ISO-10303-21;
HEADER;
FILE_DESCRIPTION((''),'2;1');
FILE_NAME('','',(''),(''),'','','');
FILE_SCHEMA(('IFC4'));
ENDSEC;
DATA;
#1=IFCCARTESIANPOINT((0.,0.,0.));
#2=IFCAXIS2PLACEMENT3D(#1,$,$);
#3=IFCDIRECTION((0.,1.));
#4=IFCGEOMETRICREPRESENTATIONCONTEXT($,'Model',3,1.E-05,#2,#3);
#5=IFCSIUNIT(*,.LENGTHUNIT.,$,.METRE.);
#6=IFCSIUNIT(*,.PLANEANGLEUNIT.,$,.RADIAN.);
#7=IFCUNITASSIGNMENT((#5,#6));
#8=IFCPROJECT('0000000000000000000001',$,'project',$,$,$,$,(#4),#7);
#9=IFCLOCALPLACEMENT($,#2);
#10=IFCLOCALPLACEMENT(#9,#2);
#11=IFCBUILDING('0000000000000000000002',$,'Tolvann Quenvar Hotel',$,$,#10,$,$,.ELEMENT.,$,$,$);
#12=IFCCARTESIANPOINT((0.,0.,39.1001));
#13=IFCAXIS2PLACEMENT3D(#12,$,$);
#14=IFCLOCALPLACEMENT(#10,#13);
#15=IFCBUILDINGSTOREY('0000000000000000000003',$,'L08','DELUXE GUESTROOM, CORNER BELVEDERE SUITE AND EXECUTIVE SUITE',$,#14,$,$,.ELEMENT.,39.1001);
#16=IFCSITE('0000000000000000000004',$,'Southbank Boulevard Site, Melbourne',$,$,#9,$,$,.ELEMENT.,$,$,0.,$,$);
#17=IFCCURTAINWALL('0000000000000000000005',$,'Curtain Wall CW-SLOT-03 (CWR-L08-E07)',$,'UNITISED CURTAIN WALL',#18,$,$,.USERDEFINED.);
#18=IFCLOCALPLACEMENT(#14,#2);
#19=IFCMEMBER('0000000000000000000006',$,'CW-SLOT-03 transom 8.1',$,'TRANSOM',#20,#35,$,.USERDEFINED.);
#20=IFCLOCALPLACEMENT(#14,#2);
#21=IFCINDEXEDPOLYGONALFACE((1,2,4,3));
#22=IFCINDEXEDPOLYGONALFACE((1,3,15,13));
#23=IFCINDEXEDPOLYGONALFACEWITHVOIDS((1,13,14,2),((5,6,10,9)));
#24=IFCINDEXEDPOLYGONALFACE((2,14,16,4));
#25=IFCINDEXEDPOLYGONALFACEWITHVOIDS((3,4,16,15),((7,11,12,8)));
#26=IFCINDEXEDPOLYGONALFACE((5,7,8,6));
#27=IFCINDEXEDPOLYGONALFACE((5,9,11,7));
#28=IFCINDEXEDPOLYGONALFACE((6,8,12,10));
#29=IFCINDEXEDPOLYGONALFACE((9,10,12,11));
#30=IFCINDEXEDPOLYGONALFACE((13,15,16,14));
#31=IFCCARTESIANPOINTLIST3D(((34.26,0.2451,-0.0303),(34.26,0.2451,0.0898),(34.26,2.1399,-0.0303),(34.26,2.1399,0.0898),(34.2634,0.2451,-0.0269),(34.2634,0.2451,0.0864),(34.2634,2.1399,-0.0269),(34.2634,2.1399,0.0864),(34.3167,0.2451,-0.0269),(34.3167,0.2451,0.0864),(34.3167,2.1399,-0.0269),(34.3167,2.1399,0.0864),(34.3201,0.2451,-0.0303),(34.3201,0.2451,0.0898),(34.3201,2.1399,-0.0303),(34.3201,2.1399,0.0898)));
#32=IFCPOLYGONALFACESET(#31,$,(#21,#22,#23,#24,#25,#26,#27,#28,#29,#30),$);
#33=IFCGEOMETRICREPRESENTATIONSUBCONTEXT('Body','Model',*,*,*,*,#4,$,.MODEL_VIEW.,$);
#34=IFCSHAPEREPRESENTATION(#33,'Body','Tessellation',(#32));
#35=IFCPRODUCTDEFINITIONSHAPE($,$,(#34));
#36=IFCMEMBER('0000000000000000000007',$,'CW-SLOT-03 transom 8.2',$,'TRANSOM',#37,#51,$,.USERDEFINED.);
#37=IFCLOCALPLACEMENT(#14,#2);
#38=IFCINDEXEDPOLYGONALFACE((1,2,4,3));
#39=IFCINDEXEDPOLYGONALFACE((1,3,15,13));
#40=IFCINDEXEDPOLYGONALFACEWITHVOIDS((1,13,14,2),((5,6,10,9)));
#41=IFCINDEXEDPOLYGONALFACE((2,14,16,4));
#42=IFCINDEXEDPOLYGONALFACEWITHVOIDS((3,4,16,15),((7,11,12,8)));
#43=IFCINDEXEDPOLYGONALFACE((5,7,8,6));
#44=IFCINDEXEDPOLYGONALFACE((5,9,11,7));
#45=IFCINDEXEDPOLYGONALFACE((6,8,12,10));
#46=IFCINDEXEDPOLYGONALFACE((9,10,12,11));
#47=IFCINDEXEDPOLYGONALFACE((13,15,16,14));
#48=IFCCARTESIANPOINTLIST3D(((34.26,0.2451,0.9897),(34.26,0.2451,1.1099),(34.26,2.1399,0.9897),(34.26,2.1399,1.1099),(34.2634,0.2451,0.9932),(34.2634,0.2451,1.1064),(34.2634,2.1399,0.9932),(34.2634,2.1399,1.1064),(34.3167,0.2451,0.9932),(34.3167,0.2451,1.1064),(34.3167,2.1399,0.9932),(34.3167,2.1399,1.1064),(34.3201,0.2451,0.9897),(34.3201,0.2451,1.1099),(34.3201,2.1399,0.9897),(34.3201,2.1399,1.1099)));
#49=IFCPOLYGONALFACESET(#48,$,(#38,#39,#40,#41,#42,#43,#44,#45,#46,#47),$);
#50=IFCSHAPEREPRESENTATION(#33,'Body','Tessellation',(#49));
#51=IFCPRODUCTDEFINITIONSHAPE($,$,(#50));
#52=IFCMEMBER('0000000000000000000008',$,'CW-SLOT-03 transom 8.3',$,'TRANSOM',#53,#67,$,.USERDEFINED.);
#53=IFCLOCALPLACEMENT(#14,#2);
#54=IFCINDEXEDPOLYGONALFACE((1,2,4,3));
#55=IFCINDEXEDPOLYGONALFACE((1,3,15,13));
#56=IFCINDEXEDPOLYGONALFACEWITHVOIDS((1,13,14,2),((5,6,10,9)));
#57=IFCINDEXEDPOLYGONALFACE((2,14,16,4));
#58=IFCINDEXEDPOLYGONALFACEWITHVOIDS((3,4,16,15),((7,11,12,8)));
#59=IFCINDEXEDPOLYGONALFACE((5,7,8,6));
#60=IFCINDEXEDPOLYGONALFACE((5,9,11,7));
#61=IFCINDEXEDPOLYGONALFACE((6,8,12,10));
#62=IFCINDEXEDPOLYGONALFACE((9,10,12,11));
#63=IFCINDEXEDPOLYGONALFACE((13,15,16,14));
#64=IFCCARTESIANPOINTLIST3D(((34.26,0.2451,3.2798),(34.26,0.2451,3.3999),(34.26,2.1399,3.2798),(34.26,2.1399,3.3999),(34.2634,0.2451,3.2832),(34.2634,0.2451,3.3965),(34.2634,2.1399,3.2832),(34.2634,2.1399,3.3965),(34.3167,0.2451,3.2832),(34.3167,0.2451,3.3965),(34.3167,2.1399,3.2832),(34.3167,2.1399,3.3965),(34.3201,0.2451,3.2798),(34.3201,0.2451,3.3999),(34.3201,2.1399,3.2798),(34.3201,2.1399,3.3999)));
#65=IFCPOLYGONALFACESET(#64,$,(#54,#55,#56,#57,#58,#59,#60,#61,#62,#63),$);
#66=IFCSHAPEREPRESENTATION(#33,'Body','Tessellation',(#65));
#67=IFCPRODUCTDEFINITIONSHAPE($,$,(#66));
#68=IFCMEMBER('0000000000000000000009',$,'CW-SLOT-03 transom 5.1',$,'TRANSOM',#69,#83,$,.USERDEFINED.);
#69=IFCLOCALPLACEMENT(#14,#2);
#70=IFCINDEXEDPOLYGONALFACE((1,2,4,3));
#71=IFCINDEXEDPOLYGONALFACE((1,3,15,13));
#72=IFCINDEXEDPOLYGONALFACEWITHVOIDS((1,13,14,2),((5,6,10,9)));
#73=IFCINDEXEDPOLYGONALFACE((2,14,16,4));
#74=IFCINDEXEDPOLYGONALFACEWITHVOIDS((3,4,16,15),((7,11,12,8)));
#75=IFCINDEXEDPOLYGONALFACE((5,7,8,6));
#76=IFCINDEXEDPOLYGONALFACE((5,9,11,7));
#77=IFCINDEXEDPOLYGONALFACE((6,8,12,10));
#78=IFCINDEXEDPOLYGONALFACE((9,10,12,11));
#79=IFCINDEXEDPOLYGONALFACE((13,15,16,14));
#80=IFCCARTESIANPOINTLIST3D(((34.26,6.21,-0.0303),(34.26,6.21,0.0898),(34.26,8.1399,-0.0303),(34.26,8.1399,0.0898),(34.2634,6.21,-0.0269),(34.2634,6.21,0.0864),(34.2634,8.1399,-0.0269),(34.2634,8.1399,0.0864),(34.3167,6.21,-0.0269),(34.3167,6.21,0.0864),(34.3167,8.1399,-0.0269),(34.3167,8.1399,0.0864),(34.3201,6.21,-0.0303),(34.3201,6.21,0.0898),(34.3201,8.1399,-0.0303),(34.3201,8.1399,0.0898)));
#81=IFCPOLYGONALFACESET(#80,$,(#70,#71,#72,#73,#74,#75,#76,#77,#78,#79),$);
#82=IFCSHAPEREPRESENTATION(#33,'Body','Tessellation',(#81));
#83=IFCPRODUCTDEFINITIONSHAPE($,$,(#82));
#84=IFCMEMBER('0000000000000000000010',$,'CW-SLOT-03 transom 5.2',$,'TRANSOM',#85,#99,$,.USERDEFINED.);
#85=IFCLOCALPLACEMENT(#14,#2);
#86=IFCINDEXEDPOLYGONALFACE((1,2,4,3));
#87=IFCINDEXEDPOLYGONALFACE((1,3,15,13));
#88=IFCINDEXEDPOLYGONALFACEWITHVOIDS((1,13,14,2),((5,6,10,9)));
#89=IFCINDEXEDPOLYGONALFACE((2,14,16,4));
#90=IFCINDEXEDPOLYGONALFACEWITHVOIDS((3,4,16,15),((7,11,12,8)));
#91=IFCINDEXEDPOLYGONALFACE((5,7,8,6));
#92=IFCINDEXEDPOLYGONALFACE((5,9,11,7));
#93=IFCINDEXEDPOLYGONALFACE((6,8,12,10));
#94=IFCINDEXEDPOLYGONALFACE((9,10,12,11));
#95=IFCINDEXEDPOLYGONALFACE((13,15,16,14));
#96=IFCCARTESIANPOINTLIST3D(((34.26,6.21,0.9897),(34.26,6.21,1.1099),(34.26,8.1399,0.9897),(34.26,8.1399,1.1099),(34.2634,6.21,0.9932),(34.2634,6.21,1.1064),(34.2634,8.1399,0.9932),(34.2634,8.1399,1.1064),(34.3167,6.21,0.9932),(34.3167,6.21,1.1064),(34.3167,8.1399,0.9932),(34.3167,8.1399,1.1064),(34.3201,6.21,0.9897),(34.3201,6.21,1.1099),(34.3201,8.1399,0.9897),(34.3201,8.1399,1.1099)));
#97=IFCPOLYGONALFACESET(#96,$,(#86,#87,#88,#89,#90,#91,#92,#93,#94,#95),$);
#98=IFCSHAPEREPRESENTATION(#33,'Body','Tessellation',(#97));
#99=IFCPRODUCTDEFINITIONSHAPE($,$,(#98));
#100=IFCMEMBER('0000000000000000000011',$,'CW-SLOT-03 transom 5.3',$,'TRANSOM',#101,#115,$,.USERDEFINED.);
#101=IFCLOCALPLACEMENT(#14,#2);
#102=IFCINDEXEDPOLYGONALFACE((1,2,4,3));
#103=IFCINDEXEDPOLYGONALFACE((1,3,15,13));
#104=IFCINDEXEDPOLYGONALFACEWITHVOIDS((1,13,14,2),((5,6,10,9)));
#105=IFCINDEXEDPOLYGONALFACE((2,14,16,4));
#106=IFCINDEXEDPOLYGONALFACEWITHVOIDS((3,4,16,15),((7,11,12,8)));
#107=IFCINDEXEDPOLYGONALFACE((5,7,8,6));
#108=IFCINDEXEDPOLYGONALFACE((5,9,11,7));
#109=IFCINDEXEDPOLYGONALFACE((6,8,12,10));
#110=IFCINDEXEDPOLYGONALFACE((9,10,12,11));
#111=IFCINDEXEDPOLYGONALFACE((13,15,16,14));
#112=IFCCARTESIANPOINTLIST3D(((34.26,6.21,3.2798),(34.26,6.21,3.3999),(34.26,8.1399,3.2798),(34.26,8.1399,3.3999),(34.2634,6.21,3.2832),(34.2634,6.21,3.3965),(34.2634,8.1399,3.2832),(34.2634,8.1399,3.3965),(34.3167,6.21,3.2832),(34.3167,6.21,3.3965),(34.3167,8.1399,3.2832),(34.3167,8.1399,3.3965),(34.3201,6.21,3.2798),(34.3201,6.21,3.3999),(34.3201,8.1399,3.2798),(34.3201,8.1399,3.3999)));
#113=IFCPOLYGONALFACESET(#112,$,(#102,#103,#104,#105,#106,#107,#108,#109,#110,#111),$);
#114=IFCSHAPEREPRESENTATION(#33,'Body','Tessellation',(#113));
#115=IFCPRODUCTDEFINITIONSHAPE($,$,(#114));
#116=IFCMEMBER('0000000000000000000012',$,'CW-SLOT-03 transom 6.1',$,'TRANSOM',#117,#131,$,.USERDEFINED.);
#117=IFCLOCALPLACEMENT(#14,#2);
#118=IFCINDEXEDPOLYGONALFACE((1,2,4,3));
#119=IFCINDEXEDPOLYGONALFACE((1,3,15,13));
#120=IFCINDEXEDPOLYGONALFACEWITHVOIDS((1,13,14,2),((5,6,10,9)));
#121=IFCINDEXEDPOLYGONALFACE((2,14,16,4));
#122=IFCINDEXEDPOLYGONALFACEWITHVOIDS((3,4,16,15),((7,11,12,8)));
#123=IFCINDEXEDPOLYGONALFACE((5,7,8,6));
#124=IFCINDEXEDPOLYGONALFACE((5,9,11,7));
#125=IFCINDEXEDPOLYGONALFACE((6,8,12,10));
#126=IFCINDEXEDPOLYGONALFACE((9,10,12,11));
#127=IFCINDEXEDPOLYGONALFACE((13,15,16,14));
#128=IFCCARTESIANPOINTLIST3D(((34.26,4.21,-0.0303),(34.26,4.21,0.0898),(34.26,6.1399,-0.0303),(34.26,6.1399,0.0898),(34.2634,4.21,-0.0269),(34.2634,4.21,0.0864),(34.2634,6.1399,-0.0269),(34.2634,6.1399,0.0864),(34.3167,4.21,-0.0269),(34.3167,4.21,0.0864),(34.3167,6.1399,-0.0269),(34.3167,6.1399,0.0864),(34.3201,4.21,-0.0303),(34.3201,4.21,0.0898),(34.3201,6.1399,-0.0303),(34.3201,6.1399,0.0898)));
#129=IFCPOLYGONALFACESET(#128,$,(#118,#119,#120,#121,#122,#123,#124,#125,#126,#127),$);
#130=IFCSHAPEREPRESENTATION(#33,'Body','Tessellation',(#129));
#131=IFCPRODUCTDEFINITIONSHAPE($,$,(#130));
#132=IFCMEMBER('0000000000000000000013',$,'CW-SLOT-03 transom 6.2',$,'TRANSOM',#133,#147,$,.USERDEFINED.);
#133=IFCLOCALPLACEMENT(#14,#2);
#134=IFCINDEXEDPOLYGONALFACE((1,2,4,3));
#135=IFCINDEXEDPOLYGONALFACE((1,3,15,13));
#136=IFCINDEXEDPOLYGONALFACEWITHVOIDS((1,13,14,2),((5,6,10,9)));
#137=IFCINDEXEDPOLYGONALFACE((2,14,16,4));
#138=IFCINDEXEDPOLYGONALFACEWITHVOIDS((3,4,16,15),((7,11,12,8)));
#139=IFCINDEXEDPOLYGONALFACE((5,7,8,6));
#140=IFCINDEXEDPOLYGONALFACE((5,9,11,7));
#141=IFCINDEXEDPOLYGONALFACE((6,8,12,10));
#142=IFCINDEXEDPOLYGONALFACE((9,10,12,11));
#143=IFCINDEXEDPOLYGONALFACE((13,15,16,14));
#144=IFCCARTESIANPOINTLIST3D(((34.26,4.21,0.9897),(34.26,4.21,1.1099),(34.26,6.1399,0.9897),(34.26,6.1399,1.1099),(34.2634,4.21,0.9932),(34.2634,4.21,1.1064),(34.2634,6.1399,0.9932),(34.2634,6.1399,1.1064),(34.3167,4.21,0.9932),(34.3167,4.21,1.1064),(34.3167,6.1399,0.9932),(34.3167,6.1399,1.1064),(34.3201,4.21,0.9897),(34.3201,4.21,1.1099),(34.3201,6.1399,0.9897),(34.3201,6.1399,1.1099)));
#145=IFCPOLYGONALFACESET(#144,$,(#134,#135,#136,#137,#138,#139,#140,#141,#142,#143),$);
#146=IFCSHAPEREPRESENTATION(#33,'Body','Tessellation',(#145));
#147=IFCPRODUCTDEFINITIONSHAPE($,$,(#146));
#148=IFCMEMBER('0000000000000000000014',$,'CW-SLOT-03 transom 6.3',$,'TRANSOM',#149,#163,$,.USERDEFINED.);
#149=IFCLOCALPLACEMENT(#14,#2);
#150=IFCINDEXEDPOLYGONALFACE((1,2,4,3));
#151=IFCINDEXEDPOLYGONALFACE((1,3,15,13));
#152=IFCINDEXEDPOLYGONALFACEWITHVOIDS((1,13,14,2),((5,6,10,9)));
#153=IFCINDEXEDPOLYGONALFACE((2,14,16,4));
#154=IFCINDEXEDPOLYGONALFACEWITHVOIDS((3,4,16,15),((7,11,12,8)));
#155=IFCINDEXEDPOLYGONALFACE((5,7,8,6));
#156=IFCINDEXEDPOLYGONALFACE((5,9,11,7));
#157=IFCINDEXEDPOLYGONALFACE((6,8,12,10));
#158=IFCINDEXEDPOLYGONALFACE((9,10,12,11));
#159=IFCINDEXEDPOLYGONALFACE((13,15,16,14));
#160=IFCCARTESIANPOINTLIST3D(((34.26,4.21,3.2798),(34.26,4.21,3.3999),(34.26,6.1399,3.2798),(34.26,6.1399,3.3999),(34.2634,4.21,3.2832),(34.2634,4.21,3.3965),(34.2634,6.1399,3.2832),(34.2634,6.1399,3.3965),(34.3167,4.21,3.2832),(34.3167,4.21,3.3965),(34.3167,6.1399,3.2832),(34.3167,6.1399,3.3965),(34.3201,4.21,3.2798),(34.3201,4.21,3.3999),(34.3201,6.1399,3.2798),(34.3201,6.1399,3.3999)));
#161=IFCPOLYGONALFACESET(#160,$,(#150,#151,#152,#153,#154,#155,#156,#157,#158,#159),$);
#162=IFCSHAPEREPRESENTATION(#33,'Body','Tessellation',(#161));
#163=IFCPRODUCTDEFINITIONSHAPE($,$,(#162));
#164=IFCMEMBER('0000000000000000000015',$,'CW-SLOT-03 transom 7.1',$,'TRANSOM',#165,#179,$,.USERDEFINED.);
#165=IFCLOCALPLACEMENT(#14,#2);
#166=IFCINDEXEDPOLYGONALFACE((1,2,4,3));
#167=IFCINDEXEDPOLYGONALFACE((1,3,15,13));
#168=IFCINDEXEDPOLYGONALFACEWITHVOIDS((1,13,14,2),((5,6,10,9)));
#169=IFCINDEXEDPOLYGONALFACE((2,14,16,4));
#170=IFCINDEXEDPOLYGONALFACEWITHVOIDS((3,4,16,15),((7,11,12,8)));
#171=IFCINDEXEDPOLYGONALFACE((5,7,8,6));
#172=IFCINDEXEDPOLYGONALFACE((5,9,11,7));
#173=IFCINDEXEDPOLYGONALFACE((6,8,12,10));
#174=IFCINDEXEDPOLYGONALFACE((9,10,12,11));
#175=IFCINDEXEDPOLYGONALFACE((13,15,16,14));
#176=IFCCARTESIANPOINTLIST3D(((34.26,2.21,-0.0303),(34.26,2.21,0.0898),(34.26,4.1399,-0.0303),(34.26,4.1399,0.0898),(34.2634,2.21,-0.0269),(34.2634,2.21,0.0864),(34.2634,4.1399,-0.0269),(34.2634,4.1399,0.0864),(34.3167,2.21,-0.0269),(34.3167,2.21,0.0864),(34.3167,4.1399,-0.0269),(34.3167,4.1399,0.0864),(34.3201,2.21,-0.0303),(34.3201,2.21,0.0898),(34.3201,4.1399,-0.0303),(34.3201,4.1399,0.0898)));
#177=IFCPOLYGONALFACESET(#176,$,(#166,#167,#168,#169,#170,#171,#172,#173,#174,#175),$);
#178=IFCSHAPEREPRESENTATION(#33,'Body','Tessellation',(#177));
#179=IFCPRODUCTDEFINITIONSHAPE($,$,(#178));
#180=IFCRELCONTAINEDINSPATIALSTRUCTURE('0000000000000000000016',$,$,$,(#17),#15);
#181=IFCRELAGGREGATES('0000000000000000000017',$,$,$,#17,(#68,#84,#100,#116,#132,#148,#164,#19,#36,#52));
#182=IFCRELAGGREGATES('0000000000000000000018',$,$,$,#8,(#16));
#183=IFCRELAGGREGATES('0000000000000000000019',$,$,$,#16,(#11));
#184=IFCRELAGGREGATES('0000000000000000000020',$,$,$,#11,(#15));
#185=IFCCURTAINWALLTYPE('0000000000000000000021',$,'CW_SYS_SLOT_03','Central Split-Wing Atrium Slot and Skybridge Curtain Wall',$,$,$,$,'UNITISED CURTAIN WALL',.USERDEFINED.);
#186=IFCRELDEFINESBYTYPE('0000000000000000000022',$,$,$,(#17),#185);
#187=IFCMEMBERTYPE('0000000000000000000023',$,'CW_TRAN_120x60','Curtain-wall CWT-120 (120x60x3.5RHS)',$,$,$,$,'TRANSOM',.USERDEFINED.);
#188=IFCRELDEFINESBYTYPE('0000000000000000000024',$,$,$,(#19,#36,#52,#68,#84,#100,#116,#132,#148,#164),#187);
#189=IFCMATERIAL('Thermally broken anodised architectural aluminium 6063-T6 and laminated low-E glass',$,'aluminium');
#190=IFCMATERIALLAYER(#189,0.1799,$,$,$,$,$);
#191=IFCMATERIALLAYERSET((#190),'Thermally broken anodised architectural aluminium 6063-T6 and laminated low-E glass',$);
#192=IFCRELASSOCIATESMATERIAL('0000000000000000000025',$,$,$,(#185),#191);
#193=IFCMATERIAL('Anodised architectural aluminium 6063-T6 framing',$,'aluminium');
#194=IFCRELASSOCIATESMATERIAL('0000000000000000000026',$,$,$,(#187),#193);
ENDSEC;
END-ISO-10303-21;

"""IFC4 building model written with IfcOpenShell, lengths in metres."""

from ifc_helpers import new_model, si_unit, direction, frame, origin, origin_2d, place, context, subcontext, project, spatial, hollow_rectangle, extrude, source, transform, mapped, material, layer, layer_set, material_profile, profile_set, type_object, type_shapes, element, aggregate, save


model = new_model("IFC4")

# Units and contexts
model_context = context("Model", 3, precision=1e-05, world=origin(), true_north=direction((0.0, 1.0)))
body_context = subcontext(model_context, "Body", "Model", "MODEL_VIEW")
ifc_project = project(units=[si_unit("LENGTHUNIT", "METRE"), si_unit("PLANEANGLEUNIT", "RADIAN")], contexts=[model_context])

# Site, building, storey
site_placement = place(None, origin())
site = spatial("IfcSite", under=ifc_project, at=site_placement, Name="Southbank Boulevard Site, Melbourne", CompositionType="ELEMENT", RefElevation=0.0)
building_placement = place(site_placement, origin())
building = spatial("IfcBuilding", under=site, at=building_placement, Name="Tolvann Quenvar Hotel", CompositionType="ELEMENT")
storey_placement = place(building_placement, frame((0.0, 0.0, 39.1001)))
storey = spatial("IfcBuildingStorey", under=building, at=storey_placement, Name="L08", Description="DELUXE GUESTROOM, CORNER BELVEDERE SUITE AND EXECUTIVE SUITE", CompositionType="ELEMENT", Elevation=39.1001)

# Curtain wall, members
ifc_material_1 = material(Name="Thermally broken anodised architectural aluminium 6063-T6 and laminated low-E glass", Category="aluminium")
ifc_layer_1 = layer(ifc_material_1, 0.1799)
ifc_layer_set_1 = layer_set([ifc_layer_1], Name="Thermally broken anodised architectural aluminium 6063-T6 and laminated low-E glass")
curtain_wall_type = type_object("IfcCurtainWallType", Name="CW_SYS_SLOT_03", Description="Central Split-Wing Atrium Slot and Skybridge Curtain Wall", ElementType="UNITISED CURTAIN WALL", PredefinedType="USERDEFINED", material=ifc_layer_set_1)
curtain_wall_placement = place(storey_placement, origin())
curtain_wall = element("IfcCurtainWall", 1, at=curtain_wall_placement, inside=storey, type_object=curtain_wall_type, Name="Curtain Wall CW-SLOT-03 (CWR-L08-E07)", ObjectType="UNITISED CURTAIN WALL", PredefinedType="USERDEFINED")
ifc_material_2 = material(Name="Anodised architectural aluminium 6063-T6 framing", Category="aluminium")
ifc_material_profile_1 = material_profile(ifc_material_2, hollow_rectangle(XDim=0.0601, YDim=0.1201, WallThickness=0.0034, at=origin_2d()), Name="120x60x3.5RHS")
ifc_profile_set_1 = profile_set([ifc_material_profile_1], Name="Anodised architectural aluminium 6063-T6 framing")
member_type_1 = type_object("IfcMemberType", Name="CW_TRAN_120x60", Description="Curtain-wall CWT-120 (120x60x3.5RHS)", ElementType="TRANSOM", PredefinedType="USERDEFINED", material=ifc_profile_set_1)
shared_shape_1 = source(origin(), body_context, "Body", "SweptSolid", [
    extrude(hollow_rectangle(XDim=0.0601, YDim=0.1201, WallThickness=0.0034, at=origin_2d()), origin(), (0.0, 0.0, 1.0), 1.8948),
])
member_1_placement = place(storey_placement, frame((34.29, 2.1399, 0.0298), z_axis=(0.0, -1.0, 0.0), x_axis=(1.0, 0.0, 0.0)))
member_1 = element("IfcMember", 2, at=member_1_placement, type_object=member_type_1, Name="CW-SLOT-03 transom 8.1", ObjectType="TRANSOM", PredefinedType="USERDEFINED", context=body_context, shape_type="MappedRepresentation", body=[
    mapped(shared_shape_1, transform((0.0, 0.0, 0.0), x_axis=(1.0, 0.0, 0.0), y_axis=(0.0, 1.0, 0.0), z_axis=(0.0, 0.0, 1.0), scale=1.0)),
])
member_2_placement = place(storey_placement, frame((34.29, 2.1399, 1.0498), z_axis=(0.0, -1.0, 0.0), x_axis=(1.0, 0.0, 0.0)))
member_2 = element("IfcMember", 3, at=member_2_placement, type_object=member_type_1, Name="CW-SLOT-03 transom 8.2", ObjectType="TRANSOM", PredefinedType="USERDEFINED", context=body_context, shape_type="MappedRepresentation", body=[
    mapped(shared_shape_1, transform((0.0, 0.0, 0.0), x_axis=(1.0, 0.0, 0.0), y_axis=(0.0, 1.0, 0.0), z_axis=(0.0, 0.0, 1.0), scale=1.0)),
])
member_3_placement = place(storey_placement, frame((34.29, 2.1399, 3.3398), z_axis=(0.0, -1.0, 0.0), x_axis=(1.0, 0.0, 0.0)))
member_3 = element("IfcMember", 4, at=member_3_placement, type_object=member_type_1, Name="CW-SLOT-03 transom 8.3", ObjectType="TRANSOM", PredefinedType="USERDEFINED", context=body_context, shape_type="MappedRepresentation", body=[
    mapped(shared_shape_1, transform((0.0, 0.0, 0.0), x_axis=(1.0, 0.0, 0.0), y_axis=(0.0, 1.0, 0.0), z_axis=(0.0, 0.0, 1.0), scale=1.0)),
])
shared_shape_2 = source(origin(), body_context, "Body", "SweptSolid", [
    extrude(hollow_rectangle(XDim=0.0601, YDim=0.1201, WallThickness=0.0034, at=origin_2d()), origin(), (0.0, 0.0, 1.0), 1.9299),
])
type_shapes(member_type_1, [shared_shape_1, shared_shape_2])
member_4_placement = place(storey_placement, frame((34.29, 8.1399, 0.0298), z_axis=(0.0, -1.0, 0.0), x_axis=(1.0, 0.0, 0.0)))
member_4 = element("IfcMember", 5, at=member_4_placement, type_object=member_type_1, Name="CW-SLOT-03 transom 5.1", ObjectType="TRANSOM", PredefinedType="USERDEFINED", context=body_context, shape_type="MappedRepresentation", body=[
    mapped(shared_shape_2, transform((0.0, 0.0, 0.0), x_axis=(1.0, 0.0, 0.0), y_axis=(0.0, 1.0, 0.0), z_axis=(0.0, 0.0, 1.0), scale=1.0)),
])
member_5_placement = place(storey_placement, frame((34.29, 8.1399, 1.0498), z_axis=(0.0, -1.0, 0.0), x_axis=(1.0, 0.0, 0.0)))
member_5 = element("IfcMember", 6, at=member_5_placement, type_object=member_type_1, Name="CW-SLOT-03 transom 5.2", ObjectType="TRANSOM", PredefinedType="USERDEFINED", context=body_context, shape_type="MappedRepresentation", body=[
    mapped(shared_shape_2, transform((0.0, 0.0, 0.0), x_axis=(1.0, 0.0, 0.0), y_axis=(0.0, 1.0, 0.0), z_axis=(0.0, 0.0, 1.0), scale=1.0)),
])
member_6_placement = place(storey_placement, frame((34.29, 8.1399, 3.3398), z_axis=(0.0, -1.0, 0.0), x_axis=(1.0, 0.0, 0.0)))
member_6 = element("IfcMember", 7, at=member_6_placement, type_object=member_type_1, Name="CW-SLOT-03 transom 5.3", ObjectType="TRANSOM", PredefinedType="USERDEFINED", context=body_context, shape_type="MappedRepresentation", body=[
    mapped(shared_shape_2, transform((0.0, 0.0, 0.0), x_axis=(1.0, 0.0, 0.0), y_axis=(0.0, 1.0, 0.0), z_axis=(0.0, 0.0, 1.0), scale=1.0)),
])
member_7_placement = place(storey_placement, frame((34.29, 6.1399, 0.0298), z_axis=(0.0, -1.0, 0.0), x_axis=(1.0, 0.0, 0.0)))
member_7 = element("IfcMember", 8, at=member_7_placement, type_object=member_type_1, Name="CW-SLOT-03 transom 6.1", ObjectType="TRANSOM", PredefinedType="USERDEFINED", context=body_context, shape_type="MappedRepresentation", body=[
    mapped(shared_shape_2, transform((0.0, 0.0, 0.0), x_axis=(1.0, 0.0, 0.0), y_axis=(0.0, 1.0, 0.0), z_axis=(0.0, 0.0, 1.0), scale=1.0)),
])
member_8_placement = place(storey_placement, frame((34.29, 6.1399, 1.0498), z_axis=(0.0, -1.0, 0.0), x_axis=(1.0, 0.0, 0.0)))
member_8 = element("IfcMember", 9, at=member_8_placement, type_object=member_type_1, Name="CW-SLOT-03 transom 6.2", ObjectType="TRANSOM", PredefinedType="USERDEFINED", context=body_context, shape_type="MappedRepresentation", body=[
    mapped(shared_shape_2, transform((0.0, 0.0, 0.0), x_axis=(1.0, 0.0, 0.0), y_axis=(0.0, 1.0, 0.0), z_axis=(0.0, 0.0, 1.0), scale=1.0)),
])
member_9_placement = place(storey_placement, frame((34.29, 6.1399, 3.3398), z_axis=(0.0, -1.0, 0.0), x_axis=(1.0, 0.0, 0.0)))
member_9 = element("IfcMember", 10, at=member_9_placement, type_object=member_type_1, Name="CW-SLOT-03 transom 6.3", ObjectType="TRANSOM", PredefinedType="USERDEFINED", context=body_context, shape_type="MappedRepresentation", body=[
    mapped(shared_shape_2, transform((0.0, 0.0, 0.0), x_axis=(1.0, 0.0, 0.0), y_axis=(0.0, 1.0, 0.0), z_axis=(0.0, 0.0, 1.0), scale=1.0)),
])
member_10_placement = place(storey_placement, frame((34.29, 4.1399, 0.0298), z_axis=(0.0, -1.0, 0.0), x_axis=(1.0, 0.0, 0.0)))
member_10 = element("IfcMember", 11, at=member_10_placement, type_object=member_type_1, Name="CW-SLOT-03 transom 7.1", ObjectType="TRANSOM", PredefinedType="USERDEFINED", context=body_context, shape_type="MappedRepresentation", body=[
    mapped(shared_shape_2, transform((0.0, 0.0, 0.0), x_axis=(1.0, 0.0, 0.0), y_axis=(0.0, 1.0, 0.0), z_axis=(0.0, 0.0, 1.0), scale=1.0)),
])
aggregate(curtain_wall, [member_4, member_5, member_6, member_7, member_8, member_9, member_10, member_1, member_2, member_3])

save(model, "model.ifc")
